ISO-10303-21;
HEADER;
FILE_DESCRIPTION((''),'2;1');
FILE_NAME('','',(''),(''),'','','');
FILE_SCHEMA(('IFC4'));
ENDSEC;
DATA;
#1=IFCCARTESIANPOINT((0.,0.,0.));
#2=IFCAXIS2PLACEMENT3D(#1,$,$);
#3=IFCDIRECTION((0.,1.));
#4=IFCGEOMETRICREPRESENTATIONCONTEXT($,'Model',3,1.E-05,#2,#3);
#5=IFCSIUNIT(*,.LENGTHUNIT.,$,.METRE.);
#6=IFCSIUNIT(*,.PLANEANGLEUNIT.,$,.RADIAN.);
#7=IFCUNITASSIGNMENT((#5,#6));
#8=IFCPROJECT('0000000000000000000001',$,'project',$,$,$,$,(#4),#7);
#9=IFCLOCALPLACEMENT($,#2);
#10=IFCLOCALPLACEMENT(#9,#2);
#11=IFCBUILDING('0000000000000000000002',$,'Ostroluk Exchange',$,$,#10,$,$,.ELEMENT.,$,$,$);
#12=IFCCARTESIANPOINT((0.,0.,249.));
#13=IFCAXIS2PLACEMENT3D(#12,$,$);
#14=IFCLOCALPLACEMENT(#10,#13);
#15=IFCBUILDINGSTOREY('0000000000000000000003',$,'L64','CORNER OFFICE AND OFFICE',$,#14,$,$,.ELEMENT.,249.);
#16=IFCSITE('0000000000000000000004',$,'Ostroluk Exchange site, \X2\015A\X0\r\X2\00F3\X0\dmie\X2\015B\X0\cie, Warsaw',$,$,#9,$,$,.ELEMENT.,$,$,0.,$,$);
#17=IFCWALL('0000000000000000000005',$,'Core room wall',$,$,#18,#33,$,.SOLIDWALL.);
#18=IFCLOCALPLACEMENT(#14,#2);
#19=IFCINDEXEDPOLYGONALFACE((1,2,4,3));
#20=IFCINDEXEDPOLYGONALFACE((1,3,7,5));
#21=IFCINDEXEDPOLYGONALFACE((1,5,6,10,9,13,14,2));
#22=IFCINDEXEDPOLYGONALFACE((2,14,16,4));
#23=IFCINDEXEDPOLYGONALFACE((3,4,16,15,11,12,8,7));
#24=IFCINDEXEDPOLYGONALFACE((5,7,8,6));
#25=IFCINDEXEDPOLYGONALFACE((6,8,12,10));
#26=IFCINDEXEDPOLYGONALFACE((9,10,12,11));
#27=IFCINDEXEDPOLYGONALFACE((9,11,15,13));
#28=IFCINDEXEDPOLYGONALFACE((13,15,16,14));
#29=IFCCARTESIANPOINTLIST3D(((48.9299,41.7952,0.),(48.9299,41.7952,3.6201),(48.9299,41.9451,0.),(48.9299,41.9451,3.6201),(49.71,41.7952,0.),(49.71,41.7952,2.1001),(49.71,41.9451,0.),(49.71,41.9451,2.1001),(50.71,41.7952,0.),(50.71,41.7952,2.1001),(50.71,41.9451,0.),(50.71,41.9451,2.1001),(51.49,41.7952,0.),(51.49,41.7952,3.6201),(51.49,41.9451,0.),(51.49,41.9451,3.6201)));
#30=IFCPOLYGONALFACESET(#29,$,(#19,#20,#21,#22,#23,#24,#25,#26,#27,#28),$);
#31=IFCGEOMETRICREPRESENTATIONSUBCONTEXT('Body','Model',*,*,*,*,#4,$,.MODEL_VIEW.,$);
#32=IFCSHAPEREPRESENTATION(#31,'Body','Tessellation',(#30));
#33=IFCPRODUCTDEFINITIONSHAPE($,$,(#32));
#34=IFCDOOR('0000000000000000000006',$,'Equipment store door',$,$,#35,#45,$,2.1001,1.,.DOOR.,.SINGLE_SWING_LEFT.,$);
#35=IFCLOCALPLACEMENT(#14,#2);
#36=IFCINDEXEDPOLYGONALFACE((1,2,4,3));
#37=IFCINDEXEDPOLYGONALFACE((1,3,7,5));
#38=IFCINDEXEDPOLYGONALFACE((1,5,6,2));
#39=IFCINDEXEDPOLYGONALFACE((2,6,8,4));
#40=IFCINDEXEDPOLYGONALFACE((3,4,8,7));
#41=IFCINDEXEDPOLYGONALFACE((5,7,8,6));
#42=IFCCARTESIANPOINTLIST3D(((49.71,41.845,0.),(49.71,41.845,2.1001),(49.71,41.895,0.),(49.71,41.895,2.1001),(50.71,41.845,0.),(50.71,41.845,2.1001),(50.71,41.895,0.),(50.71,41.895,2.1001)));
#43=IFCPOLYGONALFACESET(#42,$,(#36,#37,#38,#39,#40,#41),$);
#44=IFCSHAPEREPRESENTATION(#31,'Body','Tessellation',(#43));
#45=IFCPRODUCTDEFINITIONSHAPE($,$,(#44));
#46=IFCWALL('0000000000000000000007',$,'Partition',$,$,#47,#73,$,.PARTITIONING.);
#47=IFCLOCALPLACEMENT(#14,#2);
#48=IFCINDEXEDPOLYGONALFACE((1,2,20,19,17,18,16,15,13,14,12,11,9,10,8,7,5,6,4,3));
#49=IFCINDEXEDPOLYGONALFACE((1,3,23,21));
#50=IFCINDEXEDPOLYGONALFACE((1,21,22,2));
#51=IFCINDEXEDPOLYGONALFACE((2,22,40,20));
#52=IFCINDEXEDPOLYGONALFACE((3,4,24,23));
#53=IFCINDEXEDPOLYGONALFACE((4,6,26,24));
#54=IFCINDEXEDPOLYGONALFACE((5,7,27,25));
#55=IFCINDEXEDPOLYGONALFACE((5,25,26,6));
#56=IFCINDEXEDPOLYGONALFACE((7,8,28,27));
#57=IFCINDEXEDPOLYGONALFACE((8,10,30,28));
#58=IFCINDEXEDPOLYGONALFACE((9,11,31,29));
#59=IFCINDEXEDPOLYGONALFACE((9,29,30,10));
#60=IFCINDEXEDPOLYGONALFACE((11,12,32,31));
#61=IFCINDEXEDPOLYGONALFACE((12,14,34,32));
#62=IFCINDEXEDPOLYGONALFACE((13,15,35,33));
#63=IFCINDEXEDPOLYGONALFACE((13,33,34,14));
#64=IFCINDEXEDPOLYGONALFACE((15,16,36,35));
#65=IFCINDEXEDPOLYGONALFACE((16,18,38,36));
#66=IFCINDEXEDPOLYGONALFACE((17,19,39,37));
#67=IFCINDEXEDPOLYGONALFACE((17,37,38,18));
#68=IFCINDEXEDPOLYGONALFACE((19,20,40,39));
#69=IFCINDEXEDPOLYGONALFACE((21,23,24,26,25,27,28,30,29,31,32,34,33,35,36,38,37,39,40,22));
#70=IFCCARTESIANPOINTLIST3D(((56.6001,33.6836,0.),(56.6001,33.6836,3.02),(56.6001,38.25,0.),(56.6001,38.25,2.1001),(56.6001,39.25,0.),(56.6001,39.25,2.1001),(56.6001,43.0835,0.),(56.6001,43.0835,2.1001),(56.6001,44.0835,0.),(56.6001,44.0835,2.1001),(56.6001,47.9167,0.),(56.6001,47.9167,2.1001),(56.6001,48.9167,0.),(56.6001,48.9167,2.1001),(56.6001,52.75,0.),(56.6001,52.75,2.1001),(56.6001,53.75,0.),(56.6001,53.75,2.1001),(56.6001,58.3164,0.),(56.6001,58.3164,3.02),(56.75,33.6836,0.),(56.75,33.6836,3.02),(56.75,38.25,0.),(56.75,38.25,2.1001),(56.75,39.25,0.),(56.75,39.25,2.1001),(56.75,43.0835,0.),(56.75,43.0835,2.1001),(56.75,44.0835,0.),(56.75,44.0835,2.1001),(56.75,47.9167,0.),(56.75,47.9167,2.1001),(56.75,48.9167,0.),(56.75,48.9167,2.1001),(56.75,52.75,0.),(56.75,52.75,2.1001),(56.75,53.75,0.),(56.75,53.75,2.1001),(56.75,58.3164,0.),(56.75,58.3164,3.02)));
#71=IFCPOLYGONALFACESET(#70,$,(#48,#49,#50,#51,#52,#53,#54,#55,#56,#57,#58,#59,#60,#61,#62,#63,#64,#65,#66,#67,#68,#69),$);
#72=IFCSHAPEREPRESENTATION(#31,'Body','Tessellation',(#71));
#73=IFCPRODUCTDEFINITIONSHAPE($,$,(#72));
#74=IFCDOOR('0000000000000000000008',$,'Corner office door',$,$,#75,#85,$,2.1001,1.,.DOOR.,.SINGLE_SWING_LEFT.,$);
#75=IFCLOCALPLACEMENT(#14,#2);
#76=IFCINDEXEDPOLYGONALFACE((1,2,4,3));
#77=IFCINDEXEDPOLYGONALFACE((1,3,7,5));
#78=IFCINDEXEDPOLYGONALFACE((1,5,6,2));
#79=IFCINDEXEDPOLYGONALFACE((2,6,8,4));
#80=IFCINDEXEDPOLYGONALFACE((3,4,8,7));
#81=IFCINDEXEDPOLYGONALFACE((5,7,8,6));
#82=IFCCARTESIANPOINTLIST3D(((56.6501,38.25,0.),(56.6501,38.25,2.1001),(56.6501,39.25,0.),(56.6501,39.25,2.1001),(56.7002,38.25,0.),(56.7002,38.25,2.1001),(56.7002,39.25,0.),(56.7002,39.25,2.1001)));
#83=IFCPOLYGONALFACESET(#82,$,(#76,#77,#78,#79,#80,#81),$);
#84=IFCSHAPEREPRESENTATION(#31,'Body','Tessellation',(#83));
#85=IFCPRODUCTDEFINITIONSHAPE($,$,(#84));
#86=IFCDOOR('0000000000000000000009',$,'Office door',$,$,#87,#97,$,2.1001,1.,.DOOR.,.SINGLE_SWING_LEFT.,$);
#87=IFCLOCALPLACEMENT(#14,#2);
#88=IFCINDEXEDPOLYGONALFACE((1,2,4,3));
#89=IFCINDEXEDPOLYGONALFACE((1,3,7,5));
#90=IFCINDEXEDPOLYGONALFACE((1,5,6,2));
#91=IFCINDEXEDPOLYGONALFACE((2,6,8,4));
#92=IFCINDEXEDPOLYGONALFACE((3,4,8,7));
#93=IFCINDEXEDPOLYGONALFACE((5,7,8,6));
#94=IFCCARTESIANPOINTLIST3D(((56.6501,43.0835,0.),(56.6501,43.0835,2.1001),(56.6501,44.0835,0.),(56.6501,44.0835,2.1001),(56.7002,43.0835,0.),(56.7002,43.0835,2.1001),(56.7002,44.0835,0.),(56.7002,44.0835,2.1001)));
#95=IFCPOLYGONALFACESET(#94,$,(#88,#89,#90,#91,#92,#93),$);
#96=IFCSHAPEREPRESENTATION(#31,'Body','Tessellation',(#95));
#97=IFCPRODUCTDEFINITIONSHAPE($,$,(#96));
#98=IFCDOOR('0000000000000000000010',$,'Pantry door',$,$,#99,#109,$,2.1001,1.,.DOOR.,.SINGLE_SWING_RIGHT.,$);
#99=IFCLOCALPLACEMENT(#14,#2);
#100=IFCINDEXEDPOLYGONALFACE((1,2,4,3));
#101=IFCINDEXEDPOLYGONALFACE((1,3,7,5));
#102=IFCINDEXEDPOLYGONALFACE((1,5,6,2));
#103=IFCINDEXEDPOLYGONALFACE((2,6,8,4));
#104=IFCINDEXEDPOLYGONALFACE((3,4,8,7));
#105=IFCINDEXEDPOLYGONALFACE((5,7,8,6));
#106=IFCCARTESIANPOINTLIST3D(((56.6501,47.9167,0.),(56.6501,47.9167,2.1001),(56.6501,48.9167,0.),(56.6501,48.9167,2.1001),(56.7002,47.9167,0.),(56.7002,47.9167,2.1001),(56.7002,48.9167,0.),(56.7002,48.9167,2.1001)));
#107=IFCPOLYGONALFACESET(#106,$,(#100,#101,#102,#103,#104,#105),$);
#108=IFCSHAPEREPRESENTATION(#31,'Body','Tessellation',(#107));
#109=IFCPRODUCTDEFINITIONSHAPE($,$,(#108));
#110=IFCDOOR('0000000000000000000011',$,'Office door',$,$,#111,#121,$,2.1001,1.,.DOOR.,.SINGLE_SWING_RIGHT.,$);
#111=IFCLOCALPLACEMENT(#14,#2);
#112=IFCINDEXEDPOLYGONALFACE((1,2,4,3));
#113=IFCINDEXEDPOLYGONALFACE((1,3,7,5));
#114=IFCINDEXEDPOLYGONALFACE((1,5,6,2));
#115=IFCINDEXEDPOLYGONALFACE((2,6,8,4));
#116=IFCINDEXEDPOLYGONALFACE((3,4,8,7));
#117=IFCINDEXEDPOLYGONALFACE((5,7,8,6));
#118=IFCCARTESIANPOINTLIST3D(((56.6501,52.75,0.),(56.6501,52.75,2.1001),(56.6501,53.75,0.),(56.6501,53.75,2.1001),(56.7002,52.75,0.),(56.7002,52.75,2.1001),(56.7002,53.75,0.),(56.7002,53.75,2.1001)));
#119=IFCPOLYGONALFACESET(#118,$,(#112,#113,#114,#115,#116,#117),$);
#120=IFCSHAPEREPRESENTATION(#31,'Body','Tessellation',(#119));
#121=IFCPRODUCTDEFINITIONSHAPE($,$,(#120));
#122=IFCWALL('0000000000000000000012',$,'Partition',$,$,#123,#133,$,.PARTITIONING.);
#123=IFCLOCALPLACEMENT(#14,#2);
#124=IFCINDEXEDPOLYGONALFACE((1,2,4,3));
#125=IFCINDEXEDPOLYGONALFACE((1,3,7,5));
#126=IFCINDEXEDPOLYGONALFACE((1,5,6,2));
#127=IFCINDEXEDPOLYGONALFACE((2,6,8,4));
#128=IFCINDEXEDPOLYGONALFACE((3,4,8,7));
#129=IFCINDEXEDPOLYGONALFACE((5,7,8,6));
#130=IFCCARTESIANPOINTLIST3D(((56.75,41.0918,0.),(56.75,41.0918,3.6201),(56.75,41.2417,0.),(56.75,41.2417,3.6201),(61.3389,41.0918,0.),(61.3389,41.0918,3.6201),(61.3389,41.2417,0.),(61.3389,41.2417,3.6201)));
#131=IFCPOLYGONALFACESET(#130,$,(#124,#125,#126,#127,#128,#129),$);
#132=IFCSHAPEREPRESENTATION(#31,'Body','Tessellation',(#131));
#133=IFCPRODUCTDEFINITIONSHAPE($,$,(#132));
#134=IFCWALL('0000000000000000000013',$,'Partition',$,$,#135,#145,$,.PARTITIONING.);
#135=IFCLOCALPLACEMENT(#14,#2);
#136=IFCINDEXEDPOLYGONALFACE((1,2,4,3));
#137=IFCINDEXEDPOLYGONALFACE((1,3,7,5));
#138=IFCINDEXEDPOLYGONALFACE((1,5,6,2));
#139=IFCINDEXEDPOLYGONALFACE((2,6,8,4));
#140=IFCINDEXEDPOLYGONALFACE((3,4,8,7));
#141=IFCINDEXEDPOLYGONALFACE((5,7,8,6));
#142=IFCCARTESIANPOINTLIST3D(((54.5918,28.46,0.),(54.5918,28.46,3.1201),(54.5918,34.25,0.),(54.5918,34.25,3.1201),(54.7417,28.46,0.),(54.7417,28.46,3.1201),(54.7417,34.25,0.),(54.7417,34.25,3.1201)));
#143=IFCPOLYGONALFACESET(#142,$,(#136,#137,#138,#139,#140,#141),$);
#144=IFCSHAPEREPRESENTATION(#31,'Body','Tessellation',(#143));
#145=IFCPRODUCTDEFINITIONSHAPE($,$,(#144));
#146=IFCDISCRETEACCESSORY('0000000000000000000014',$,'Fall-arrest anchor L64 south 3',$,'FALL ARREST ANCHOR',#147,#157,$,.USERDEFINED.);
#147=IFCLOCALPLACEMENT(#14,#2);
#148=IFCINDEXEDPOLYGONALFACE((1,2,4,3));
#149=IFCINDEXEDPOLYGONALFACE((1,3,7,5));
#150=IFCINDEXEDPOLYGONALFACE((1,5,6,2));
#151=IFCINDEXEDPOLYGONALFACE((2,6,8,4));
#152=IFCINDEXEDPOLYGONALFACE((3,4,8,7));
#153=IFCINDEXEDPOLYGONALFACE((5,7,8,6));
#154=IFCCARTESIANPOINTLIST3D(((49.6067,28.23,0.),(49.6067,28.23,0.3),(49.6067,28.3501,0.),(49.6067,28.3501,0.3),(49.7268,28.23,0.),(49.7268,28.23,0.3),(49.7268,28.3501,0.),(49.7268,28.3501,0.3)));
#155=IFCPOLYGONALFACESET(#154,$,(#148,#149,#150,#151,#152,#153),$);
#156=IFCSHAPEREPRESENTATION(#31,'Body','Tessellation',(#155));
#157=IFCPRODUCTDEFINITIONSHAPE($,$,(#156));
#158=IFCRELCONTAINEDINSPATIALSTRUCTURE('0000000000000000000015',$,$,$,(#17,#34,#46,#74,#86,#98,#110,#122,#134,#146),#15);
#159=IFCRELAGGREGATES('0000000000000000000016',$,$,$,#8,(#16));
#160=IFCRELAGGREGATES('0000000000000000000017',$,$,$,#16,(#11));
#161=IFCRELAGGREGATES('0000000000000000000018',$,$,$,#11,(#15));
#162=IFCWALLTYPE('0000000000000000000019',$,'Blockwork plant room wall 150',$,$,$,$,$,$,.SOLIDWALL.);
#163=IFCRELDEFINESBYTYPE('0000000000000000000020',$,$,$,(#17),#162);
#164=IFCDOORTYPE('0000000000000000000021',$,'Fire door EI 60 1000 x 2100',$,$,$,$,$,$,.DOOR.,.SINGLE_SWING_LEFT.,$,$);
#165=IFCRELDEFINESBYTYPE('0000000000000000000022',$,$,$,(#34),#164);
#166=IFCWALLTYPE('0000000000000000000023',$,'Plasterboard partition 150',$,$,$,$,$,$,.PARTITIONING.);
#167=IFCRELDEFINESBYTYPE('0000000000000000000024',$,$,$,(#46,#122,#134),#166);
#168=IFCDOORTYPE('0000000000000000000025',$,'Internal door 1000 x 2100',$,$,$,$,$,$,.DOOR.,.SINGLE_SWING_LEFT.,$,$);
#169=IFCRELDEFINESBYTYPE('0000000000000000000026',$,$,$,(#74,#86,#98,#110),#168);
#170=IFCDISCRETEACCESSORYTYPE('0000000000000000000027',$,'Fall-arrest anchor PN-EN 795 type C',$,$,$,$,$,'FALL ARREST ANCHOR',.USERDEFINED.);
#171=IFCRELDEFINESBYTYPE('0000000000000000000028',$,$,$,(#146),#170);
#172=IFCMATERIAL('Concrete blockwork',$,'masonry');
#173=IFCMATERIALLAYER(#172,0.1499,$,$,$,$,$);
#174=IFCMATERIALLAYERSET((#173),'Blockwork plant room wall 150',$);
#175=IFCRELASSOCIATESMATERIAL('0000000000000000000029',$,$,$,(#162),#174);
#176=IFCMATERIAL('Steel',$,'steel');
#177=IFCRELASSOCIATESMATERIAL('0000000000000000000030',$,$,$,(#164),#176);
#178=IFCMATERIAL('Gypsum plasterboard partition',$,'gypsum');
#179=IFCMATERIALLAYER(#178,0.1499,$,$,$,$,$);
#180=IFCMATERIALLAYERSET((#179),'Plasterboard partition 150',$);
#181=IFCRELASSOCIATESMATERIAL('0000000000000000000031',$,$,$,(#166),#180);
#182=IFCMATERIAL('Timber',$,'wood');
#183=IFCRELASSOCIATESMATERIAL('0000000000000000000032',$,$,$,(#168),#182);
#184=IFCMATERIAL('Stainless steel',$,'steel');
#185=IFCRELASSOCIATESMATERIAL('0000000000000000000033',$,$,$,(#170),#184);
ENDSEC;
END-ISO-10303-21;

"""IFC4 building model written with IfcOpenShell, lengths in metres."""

from ifc_helpers import new_model, si_unit, direction, frame, frame_2d, origin, origin_2d, place, context, subcontext, project, spatial, rectangle, extrude, material, layer, layer_set, type_object, element, fill, save


model = new_model("IFC4")

# Units and contexts
model_context = context("Model", 3, precision=1e-05, world=origin(), true_north=direction((0.0, 1.0)))
body_context = subcontext(model_context, "Body", "Model", "MODEL_VIEW")
ifc_project = project(units=[si_unit("LENGTHUNIT", "METRE"), si_unit("PLANEANGLEUNIT", "RADIAN")], contexts=[model_context])

# Site, building, storey
site_placement = place(None, origin())
site = spatial("IfcSite", under=ifc_project, at=site_placement, Name="Ostroluk Exchange site, Śródmieście, Warsaw", CompositionType="ELEMENT", RefElevation=0.0)
building_placement = place(site_placement, origin())
building = spatial("IfcBuilding", under=site, at=building_placement, Name="Ostroluk Exchange", CompositionType="ELEMENT")
storey_placement = place(building_placement, frame((0.0, 0.0, 249.0)))
storey = spatial("IfcBuildingStorey", under=building, at=storey_placement, Name="L64", Description="CORNER OFFICE AND OFFICE", CompositionType="ELEMENT", Elevation=249.0)

# Wall, opening, door
ifc_material_1 = material(Name="Concrete blockwork", Category="masonry")
ifc_layer_1 = layer(ifc_material_1, 0.1499)
ifc_layer_set_1 = layer_set([ifc_layer_1], Name="Blockwork plant room wall 150")
wall_type_1 = type_object("IfcWallType", Name="Blockwork plant room wall 150", PredefinedType="SOLIDWALL", material=ifc_layer_set_1)
wall_1_placement = place(storey_placement, frame((48.9299, 41.8701, 0.0), z_axis=(0.0, 0.0, 1.0), x_axis=(1.0, 0.0, 0.0)))
wall_1 = element("IfcWall", 1, at=wall_1_placement, inside=storey, type_object=wall_type_1, Name="Core room wall", PredefinedType="SOLIDWALL", context=body_context, shape_type="SweptSolid", body=[
    extrude(rectangle(XDim=2.5601, YDim=0.1499, at=frame_2d((1.28, 0.0))), origin(), (0.0, 0.0, 1.0), 3.6201),
])
opening_1_placement = place(wall_1_placement, frame((0.78, 0.0, 0.0)))
opening_1 = element("IfcOpeningElement", 2, at=opening_1_placement, cuts=wall_1, PredefinedType="OPENING", context=body_context, shape_type="SweptSolid", body=[
    extrude(rectangle(XDim=1.0, YDim=2.1001, at=frame_2d((0.5, 1.05))), frame((0.0, 0.085, 0.0), z_axis=(0.0, -1.0, 0.0), x_axis=(1.0, 0.0, 0.0)), (0.0, 0.0, 1.0), 0.1699),
])
ifc_material_2 = material(Name="Steel", Category="steel")
door_type_1 = type_object("IfcDoorType", Name="Fire door EI 60 1000 x 2100", OperationType="SINGLE_SWING_LEFT", PredefinedType="DOOR", material=ifc_material_2)
door_1_placement = place(opening_1_placement, origin())
door_1 = element("IfcDoor", 3, at=door_1_placement, inside=storey, type_object=door_type_1, Name="Equipment store door", OperationType="SINGLE_SWING_LEFT", OverallHeight=2.1001, OverallWidth=1.0, PredefinedType="DOOR", context=body_context, shape_type="SweptSolid", body=[
    extrude(rectangle(XDim=1.0, YDim=2.1001, at=frame_2d((0.5, 1.05))), frame((0.0, 0.0249, 0.0), z_axis=(0.0, -1.0, 0.0), x_axis=(1.0, 0.0, 0.0)), (0.0, 0.0, 1.0), 0.05),
])
fill(opening_1, door_1)

# Wall, openings, doors
ifc_material_3 = material(Name="Gypsum plasterboard partition", Category="gypsum")
ifc_layer_2 = layer(ifc_material_3, 0.1499)
ifc_layer_set_2 = layer_set([ifc_layer_2], Name="Plasterboard partition 150")
wall_type_2 = type_object("IfcWallType", Name="Plasterboard partition 150", PredefinedType="PARTITIONING", material=ifc_layer_set_2)
wall_2_placement = place(storey_placement, frame((56.675, 33.6836, 0.0), z_axis=(0.0, 0.0, 1.0), x_axis=(0.0, 1.0, 0.0)))
wall_2 = element("IfcWall", 4, at=wall_2_placement, inside=storey, type_object=wall_type_2, Name="Partition", PredefinedType="PARTITIONING", context=body_context, shape_type="SweptSolid", body=[
    extrude(rectangle(XDim=24.6328, YDim=0.1499, at=frame_2d((12.3164, 0.0))), origin(), (0.0, 0.0, 1.0), 3.02),
])
opening_2_placement = place(wall_2_placement, frame((4.5664, 0.0, 0.0)))
opening_2 = element("IfcOpeningElement", 5, at=opening_2_placement, cuts=wall_2, PredefinedType="OPENING", context=body_context, shape_type="SweptSolid", body=[
    extrude(rectangle(XDim=1.0, YDim=2.1001, at=frame_2d((0.5, 1.05))), frame((0.0, 0.085, 0.0), z_axis=(0.0, -1.0, 0.0), x_axis=(1.0, 0.0, 0.0)), (0.0, 0.0, 1.0), 0.1699),
])
opening_3_placement = place(wall_2_placement, frame((9.3999, 0.0, 0.0)))
opening_3 = element("IfcOpeningElement", 6, at=opening_3_placement, cuts=wall_2, PredefinedType="OPENING", context=body_context, shape_type="SweptSolid", body=[
    extrude(rectangle(XDim=1.0, YDim=2.1001, at=frame_2d((0.5, 1.05))), frame((0.0, 0.085, 0.0), z_axis=(0.0, -1.0, 0.0), x_axis=(1.0, 0.0, 0.0)), (0.0, 0.0, 1.0), 0.1699),
])
opening_4_placement = place(wall_2_placement, frame((14.2332, 0.0, 0.0)))
opening_4 = element("IfcOpeningElement", 7, at=opening_4_placement, cuts=wall_2, PredefinedType="OPENING", context=body_context, shape_type="SweptSolid", body=[
    extrude(rectangle(XDim=1.0, YDim=2.1001, at=frame_2d((0.5, 1.05))), frame((0.0, 0.085, 0.0), z_axis=(0.0, -1.0, 0.0), x_axis=(1.0, 0.0, 0.0)), (0.0, 0.0, 1.0), 0.1699),
])
opening_5_placement = place(wall_2_placement, frame((19.0664, 0.0, 0.0)))
opening_5 = element("IfcOpeningElement", 8, at=opening_5_placement, cuts=wall_2, PredefinedType="OPENING", context=body_context, shape_type="SweptSolid", body=[
    extrude(rectangle(XDim=1.0, YDim=2.1001, at=frame_2d((0.5, 1.05))), frame((0.0, 0.085, 0.0), z_axis=(0.0, -1.0, 0.0), x_axis=(1.0, 0.0, 0.0)), (0.0, 0.0, 1.0), 0.1699),
])
ifc_material_4 = material(Name="Timber", Category="wood")
door_type_2 = type_object("IfcDoorType", Name="Internal door 1000 x 2100", OperationType="SINGLE_SWING_LEFT", PredefinedType="DOOR", material=ifc_material_4)
door_2_placement = place(opening_2_placement, origin())
door_2 = element("IfcDoor", 9, at=door_2_placement, inside=storey, type_object=door_type_2, Name="Corner office door", OperationType="SINGLE_SWING_LEFT", OverallHeight=2.1001, OverallWidth=1.0, PredefinedType="DOOR", context=body_context, shape_type="SweptSolid", body=[
    extrude(rectangle(XDim=1.0, YDim=2.1001, at=frame_2d((0.5, 1.05))), frame((0.0, 0.0249, 0.0), z_axis=(0.0, -1.0, 0.0), x_axis=(1.0, 0.0, 0.0)), (0.0, 0.0, 1.0), 0.05),
])
fill(opening_2, door_2)
door_3_placement = place(opening_3_placement, origin())
door_3 = element("IfcDoor", 10, at=door_3_placement, inside=storey, type_object=door_type_2, Name="Office door", OperationType="SINGLE_SWING_LEFT", OverallHeight=2.1001, OverallWidth=1.0, PredefinedType="DOOR", context=body_context, shape_type="SweptSolid", body=[
    extrude(rectangle(XDim=1.0, YDim=2.1001, at=frame_2d((0.5, 1.05))), frame((0.0, 0.0249, 0.0), z_axis=(0.0, -1.0, 0.0), x_axis=(1.0, 0.0, 0.0)), (0.0, 0.0, 1.0), 0.05),
])
fill(opening_3, door_3)
door_4_placement = place(opening_4_placement, origin())
door_4 = element("IfcDoor", 11, at=door_4_placement, inside=storey, type_object=door_type_2, Name="Pantry door", OperationType="SINGLE_SWING_RIGHT", OverallHeight=2.1001, OverallWidth=1.0, PredefinedType="DOOR", context=body_context, shape_type="SweptSolid", body=[
    extrude(rectangle(XDim=1.0, YDim=2.1001, at=frame_2d((0.5, 1.05))), frame((0.0, 0.0249, 0.0), z_axis=(0.0, -1.0, 0.0), x_axis=(1.0, 0.0, 0.0)), (0.0, 0.0, 1.0), 0.05),
])
fill(opening_4, door_4)
door_5_placement = place(opening_5_placement, origin())
door_5 = element("IfcDoor", 12, at=door_5_placement, inside=storey, type_object=door_type_2, Name="Office door", OperationType="SINGLE_SWING_RIGHT", OverallHeight=2.1001, OverallWidth=1.0, PredefinedType="DOOR", context=body_context, shape_type="SweptSolid", body=[
    extrude(rectangle(XDim=1.0, YDim=2.1001, at=frame_2d((0.5, 1.05))), frame((0.0, 0.0249, 0.0), z_axis=(0.0, -1.0, 0.0), x_axis=(1.0, 0.0, 0.0)), (0.0, 0.0, 1.0), 0.05),
])
fill(opening_5, door_5)

# Walls
wall_3_placement = place(storey_placement, frame((56.75, 41.1667, 0.0), z_axis=(0.0, 0.0, 1.0), x_axis=(1.0, 0.0, 0.0)))
element("IfcWall", 13, at=wall_3_placement, inside=storey, type_object=wall_type_2, Name="Partition", PredefinedType="PARTITIONING", context=body_context, shape_type="SweptSolid", body=[
    extrude(rectangle(XDim=4.5889, YDim=0.1499, at=frame_2d((2.2944, 0.0))), origin(), (0.0, 0.0, 1.0), 3.6201),
])
wall_4_placement = place(storey_placement, frame((54.6667, 34.25, 0.0), z_axis=(0.0, 0.0, 1.0), x_axis=(0.0, -1.0, 0.0)))
element("IfcWall", 14, at=wall_4_placement, inside=storey, type_object=wall_type_2, Name="Partition", PredefinedType="PARTITIONING", context=body_context, shape_type="SweptSolid", body=[
    extrude(rectangle(XDim=5.79, YDim=0.1499, at=frame_2d((2.895, 0.0))), origin(), (0.0, 0.0, 1.0), 3.1201),
])

# Discrete accessory
ifc_material_5 = material(Name="Stainless steel", Category="steel")
discrete_accessory_type = type_object("IfcDiscreteAccessoryType", Name="Fall-arrest anchor PN-EN 795 type C", ElementType="FALL ARREST ANCHOR", PredefinedType="USERDEFINED", material=ifc_material_5)
discrete_accessory_placement = place(storey_placement, frame((49.6667, 28.29, 0.0), z_axis=(0.0, 0.0, 1.0), x_axis=(1.0, 0.0, 0.0)))
element("IfcDiscreteAccessory", 15, at=discrete_accessory_placement, inside=storey, type_object=discrete_accessory_type, Name="Fall-arrest anchor L64 south 3", ObjectType="FALL ARREST ANCHOR", PredefinedType="USERDEFINED", context=body_context, shape_type="SweptSolid", body=[
    extrude(rectangle(XDim=0.1201, YDim=0.1201, at=origin_2d()), origin(), (0.0, 0.0, 1.0), 0.3),
])

save(model, "model.ifc")
